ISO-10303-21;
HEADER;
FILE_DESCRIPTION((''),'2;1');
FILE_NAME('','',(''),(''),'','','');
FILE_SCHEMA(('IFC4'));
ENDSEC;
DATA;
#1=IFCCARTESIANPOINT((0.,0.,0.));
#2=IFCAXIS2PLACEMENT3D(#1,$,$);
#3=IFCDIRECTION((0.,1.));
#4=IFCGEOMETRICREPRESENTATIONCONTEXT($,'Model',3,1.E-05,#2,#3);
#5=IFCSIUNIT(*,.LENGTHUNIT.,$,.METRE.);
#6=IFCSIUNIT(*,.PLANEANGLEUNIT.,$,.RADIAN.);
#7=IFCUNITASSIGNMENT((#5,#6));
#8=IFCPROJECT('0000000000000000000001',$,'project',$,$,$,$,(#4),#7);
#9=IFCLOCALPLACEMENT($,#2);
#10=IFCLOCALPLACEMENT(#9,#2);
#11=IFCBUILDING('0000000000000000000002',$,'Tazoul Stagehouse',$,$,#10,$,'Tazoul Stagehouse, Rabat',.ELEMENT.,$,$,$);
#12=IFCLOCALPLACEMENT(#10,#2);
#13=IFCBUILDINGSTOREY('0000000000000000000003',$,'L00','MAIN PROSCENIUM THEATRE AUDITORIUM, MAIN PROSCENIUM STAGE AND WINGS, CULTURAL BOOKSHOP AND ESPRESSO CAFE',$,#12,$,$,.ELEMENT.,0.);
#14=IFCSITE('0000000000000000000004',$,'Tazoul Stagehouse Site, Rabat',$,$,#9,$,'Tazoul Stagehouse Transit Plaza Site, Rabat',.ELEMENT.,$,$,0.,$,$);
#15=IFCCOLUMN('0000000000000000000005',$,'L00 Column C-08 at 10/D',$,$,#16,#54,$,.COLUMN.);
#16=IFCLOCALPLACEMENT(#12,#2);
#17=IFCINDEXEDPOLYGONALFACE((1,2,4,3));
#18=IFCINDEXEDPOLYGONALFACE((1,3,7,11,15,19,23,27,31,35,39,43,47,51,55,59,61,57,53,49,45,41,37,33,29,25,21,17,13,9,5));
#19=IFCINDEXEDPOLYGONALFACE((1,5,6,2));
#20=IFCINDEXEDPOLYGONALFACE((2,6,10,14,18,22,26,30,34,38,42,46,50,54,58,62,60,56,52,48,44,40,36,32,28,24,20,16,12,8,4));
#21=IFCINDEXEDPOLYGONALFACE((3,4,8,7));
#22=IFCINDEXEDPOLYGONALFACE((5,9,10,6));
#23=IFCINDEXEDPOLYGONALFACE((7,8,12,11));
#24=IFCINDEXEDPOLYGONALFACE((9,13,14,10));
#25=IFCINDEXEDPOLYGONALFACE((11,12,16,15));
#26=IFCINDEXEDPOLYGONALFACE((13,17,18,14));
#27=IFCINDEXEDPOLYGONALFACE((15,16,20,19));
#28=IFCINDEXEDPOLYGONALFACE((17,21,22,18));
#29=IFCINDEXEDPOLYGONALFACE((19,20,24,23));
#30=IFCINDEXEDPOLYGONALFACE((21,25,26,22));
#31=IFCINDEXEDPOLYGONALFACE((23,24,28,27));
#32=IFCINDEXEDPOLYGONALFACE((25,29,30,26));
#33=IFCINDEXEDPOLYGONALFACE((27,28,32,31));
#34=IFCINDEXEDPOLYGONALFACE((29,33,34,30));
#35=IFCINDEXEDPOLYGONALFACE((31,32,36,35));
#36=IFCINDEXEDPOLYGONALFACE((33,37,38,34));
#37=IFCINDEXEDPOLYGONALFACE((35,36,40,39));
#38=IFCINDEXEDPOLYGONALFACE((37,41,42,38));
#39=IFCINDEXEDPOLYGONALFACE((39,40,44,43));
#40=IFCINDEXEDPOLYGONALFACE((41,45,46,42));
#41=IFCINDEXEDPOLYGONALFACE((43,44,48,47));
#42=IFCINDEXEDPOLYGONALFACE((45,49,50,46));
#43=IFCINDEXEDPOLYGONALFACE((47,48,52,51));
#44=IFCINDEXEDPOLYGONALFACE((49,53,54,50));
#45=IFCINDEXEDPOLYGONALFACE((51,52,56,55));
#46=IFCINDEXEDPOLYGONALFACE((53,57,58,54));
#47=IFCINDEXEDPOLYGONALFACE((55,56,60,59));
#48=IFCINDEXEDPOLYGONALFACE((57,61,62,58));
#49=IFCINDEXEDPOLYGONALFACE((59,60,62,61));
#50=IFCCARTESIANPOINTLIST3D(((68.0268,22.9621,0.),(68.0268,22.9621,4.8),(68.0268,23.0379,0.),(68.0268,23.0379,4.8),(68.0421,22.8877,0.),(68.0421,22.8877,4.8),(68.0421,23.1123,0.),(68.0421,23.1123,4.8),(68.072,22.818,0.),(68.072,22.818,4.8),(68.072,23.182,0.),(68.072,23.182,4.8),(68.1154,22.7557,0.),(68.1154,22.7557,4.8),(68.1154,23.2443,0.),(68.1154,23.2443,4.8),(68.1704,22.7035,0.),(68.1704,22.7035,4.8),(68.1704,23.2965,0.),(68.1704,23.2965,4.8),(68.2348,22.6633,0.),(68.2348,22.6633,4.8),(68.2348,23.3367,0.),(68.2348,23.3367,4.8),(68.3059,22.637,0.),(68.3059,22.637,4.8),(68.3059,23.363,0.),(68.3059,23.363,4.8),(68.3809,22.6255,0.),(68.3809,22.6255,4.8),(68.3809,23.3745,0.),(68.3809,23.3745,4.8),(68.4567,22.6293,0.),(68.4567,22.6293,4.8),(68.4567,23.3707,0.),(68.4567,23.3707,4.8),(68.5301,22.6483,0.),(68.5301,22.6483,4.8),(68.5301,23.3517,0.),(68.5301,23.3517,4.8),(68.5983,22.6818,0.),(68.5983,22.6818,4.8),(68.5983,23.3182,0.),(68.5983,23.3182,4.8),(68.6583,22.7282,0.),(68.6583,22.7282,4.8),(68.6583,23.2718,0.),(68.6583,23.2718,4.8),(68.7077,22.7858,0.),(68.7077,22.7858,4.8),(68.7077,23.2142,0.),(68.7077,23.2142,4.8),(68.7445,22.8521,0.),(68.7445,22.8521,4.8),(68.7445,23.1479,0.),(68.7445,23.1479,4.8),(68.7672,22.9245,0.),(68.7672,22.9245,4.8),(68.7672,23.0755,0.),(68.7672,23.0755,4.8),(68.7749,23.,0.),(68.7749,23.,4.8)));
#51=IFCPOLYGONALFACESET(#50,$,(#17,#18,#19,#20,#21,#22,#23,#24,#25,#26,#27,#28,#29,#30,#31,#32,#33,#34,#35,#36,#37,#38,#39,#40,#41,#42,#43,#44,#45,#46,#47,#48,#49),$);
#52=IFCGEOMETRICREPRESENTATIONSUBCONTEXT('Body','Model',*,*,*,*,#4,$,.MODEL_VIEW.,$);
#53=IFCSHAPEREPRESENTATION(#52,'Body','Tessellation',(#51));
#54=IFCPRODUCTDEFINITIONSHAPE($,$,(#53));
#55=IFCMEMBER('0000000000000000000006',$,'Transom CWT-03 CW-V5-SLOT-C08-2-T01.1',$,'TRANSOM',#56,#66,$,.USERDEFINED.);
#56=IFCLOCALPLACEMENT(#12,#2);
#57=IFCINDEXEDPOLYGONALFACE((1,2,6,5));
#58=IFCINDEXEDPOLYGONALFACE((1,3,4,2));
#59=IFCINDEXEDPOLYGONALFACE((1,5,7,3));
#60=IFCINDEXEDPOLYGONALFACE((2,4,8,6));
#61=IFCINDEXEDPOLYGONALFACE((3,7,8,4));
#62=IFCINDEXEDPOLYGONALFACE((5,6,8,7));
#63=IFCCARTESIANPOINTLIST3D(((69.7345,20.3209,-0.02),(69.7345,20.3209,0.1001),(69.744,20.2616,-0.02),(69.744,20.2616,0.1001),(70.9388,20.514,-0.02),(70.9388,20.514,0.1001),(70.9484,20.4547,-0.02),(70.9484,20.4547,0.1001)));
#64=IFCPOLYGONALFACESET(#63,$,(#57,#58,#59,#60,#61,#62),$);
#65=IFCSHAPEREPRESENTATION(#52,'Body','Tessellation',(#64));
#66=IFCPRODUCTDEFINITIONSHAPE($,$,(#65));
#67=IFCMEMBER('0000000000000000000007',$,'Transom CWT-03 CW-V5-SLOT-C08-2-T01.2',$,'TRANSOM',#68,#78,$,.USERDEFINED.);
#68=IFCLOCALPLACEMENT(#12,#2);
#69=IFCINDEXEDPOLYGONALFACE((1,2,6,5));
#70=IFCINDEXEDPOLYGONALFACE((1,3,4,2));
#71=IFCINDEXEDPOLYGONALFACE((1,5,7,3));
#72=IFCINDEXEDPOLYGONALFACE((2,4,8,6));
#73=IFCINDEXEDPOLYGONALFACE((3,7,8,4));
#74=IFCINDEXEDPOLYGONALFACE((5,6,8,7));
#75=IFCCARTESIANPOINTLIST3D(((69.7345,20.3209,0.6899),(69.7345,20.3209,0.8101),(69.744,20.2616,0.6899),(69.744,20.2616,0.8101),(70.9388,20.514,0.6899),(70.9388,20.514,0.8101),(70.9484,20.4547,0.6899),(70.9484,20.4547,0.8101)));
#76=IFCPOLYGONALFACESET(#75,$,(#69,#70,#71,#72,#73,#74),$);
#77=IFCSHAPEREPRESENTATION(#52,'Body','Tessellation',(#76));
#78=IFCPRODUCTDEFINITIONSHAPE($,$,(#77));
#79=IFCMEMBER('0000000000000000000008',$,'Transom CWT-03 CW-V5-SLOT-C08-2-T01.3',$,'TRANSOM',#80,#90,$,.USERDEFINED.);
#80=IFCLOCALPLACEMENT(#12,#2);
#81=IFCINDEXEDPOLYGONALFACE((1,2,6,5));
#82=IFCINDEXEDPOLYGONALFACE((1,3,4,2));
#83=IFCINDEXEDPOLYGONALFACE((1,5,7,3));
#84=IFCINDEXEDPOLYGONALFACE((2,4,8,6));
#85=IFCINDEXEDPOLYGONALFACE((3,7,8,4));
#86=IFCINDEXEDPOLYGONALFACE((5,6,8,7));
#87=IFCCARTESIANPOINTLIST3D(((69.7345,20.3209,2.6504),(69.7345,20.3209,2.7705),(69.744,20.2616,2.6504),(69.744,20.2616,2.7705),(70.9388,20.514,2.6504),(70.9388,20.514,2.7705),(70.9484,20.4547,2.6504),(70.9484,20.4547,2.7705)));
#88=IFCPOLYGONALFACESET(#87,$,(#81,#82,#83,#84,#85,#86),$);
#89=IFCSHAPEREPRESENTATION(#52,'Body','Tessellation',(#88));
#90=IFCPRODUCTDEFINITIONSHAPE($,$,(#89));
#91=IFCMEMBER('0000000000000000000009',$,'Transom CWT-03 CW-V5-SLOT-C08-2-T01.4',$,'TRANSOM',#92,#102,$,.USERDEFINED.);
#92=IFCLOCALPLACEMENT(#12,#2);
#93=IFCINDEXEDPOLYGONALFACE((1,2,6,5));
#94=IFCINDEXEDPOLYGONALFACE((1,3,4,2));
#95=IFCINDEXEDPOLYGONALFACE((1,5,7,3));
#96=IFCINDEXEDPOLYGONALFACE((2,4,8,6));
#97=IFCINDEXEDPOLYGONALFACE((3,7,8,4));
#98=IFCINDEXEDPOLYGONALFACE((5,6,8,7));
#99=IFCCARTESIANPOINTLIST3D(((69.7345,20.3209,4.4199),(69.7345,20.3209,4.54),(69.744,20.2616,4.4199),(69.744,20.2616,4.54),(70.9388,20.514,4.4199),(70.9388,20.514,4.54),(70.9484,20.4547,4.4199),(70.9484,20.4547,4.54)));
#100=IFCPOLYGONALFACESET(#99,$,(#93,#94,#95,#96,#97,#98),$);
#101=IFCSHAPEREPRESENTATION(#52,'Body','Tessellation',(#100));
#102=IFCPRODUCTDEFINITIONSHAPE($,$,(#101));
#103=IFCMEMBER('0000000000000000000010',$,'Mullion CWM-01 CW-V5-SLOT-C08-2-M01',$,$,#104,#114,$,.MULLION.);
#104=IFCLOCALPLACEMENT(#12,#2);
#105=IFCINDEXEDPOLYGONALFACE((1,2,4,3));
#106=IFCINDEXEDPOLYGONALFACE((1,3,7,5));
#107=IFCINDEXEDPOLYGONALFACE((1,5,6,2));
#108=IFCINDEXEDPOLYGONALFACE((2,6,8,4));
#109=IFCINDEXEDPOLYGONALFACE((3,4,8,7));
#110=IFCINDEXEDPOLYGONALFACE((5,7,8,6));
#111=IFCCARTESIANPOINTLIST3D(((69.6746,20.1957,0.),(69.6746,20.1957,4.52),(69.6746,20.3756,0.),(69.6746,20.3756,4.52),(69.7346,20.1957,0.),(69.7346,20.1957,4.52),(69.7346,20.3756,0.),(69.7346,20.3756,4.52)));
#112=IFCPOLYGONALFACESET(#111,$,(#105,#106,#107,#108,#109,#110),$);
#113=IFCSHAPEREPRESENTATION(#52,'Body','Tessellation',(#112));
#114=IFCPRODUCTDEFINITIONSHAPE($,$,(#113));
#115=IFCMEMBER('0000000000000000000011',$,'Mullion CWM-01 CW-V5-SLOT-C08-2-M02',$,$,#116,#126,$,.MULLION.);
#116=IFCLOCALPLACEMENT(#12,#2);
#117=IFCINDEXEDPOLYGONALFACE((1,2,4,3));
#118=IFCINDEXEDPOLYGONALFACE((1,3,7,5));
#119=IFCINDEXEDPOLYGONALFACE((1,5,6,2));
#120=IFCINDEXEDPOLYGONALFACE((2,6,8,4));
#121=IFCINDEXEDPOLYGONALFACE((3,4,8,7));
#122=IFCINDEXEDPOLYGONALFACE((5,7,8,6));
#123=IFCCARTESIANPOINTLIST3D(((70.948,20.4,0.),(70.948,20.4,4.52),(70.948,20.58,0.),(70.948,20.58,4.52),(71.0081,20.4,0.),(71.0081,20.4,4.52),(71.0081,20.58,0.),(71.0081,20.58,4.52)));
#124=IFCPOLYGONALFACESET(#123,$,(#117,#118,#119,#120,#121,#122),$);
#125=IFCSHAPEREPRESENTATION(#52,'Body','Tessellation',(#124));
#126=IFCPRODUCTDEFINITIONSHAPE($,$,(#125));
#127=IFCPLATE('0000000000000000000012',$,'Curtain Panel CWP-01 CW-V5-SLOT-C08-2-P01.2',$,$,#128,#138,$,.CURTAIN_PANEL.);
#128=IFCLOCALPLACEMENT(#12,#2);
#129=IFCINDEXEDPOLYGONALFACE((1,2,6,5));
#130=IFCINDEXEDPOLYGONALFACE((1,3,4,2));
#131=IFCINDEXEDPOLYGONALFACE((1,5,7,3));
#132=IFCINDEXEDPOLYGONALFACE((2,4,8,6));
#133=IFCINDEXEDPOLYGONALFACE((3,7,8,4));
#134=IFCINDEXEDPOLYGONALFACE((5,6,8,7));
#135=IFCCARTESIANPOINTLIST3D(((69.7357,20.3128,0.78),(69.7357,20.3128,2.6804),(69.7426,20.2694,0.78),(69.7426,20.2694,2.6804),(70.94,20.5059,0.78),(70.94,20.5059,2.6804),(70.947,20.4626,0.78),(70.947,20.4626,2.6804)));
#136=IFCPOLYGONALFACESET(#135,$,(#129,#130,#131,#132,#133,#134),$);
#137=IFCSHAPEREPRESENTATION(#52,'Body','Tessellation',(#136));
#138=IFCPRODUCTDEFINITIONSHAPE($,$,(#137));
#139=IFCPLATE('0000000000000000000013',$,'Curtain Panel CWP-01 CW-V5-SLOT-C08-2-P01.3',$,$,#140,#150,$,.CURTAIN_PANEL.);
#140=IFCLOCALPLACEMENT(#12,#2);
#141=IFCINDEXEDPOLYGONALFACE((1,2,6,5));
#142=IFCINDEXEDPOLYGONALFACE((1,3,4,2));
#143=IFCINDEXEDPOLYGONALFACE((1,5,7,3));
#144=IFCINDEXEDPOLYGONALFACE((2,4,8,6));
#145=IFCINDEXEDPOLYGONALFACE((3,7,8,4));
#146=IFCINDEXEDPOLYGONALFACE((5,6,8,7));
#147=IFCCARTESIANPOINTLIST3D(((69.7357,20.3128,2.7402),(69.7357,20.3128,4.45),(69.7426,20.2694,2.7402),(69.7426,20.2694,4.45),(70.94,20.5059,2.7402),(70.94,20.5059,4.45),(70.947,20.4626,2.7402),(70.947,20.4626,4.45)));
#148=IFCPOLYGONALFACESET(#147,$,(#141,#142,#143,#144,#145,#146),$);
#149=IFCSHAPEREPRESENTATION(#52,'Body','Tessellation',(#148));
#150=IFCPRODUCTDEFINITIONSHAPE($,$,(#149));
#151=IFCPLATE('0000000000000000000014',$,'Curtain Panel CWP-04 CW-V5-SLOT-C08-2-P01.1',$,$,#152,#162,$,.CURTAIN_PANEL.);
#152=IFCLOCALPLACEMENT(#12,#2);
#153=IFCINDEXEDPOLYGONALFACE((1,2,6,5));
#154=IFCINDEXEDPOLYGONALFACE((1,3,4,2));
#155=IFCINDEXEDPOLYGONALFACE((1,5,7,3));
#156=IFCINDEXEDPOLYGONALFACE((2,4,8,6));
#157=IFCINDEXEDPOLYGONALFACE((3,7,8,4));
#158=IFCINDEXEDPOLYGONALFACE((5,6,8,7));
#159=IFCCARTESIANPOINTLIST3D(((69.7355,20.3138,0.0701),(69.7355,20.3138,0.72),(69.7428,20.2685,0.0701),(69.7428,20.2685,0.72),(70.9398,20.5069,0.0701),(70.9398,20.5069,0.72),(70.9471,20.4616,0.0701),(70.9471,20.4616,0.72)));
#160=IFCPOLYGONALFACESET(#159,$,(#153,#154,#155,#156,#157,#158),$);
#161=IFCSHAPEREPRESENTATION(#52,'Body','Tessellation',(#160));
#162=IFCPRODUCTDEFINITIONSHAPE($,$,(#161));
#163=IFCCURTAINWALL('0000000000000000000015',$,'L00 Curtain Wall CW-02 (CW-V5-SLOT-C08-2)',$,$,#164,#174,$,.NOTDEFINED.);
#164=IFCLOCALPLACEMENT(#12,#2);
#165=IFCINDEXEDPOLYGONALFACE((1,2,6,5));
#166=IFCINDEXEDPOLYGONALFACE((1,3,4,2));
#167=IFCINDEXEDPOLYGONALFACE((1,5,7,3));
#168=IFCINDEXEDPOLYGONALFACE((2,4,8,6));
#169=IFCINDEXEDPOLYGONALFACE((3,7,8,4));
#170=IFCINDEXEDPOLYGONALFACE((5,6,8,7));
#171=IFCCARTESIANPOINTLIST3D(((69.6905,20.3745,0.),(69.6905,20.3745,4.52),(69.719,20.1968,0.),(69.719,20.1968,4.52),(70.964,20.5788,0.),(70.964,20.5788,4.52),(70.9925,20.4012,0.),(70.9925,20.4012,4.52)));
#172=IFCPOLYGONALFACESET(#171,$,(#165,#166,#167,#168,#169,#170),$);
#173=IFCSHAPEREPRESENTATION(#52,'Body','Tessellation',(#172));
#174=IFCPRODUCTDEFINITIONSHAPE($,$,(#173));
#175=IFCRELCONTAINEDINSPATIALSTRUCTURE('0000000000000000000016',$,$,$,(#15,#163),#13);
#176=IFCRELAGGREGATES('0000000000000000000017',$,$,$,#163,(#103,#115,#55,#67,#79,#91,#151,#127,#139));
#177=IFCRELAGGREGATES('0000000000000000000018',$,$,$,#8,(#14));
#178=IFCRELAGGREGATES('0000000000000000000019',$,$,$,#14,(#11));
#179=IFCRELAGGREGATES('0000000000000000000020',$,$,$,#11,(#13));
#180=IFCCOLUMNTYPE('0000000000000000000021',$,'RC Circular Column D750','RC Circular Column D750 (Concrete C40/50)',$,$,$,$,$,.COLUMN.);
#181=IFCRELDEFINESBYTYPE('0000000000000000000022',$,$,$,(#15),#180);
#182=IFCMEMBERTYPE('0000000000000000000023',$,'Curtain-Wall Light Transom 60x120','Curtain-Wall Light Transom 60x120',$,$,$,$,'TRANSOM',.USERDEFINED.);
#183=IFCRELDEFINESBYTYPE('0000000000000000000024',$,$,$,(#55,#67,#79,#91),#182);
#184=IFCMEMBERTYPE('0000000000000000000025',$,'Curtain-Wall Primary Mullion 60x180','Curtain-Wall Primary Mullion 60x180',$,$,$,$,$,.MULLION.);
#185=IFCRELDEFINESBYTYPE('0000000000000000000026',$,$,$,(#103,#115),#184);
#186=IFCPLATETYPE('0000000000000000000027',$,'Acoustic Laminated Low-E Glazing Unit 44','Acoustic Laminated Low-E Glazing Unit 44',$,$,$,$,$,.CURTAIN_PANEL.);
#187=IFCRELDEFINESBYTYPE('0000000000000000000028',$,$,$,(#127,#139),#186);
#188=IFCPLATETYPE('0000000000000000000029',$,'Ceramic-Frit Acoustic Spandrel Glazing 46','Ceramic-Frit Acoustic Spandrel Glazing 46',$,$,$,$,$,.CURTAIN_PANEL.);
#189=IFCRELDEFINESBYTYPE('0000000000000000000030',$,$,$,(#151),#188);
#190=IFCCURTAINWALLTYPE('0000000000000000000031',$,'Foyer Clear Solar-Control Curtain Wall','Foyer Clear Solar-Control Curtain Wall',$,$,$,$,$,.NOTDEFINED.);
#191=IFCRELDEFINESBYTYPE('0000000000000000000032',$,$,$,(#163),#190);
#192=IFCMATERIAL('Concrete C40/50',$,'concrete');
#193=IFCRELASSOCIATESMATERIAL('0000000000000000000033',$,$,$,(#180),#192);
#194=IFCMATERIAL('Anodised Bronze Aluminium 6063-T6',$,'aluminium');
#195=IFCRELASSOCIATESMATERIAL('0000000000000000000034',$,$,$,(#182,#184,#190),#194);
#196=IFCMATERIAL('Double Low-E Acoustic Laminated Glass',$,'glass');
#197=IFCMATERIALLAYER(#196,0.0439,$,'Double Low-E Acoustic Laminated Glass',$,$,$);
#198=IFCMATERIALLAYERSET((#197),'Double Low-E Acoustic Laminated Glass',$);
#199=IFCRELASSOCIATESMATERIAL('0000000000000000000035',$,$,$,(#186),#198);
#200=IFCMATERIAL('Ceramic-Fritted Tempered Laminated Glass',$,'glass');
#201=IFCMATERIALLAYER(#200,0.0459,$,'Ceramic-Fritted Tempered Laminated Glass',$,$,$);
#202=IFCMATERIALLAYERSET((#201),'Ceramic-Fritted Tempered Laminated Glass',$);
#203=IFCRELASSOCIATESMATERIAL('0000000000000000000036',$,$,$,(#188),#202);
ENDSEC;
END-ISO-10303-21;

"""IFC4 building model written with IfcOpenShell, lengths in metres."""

from ifc_helpers import new_model, si_unit, direction, frame, frame_2d, origin, origin_2d, place, context, subcontext, project, spatial, rectangle, circle, extrude, material, layer, layer_set, material_profile, profile_set, type_object, element, aggregate, save


model = new_model("IFC4")

# Units and contexts
model_context = context("Model", 3, precision=1e-05, world=origin(), true_north=direction((0.0, 1.0)))
body_context = subcontext(model_context, "Body", "Model", "MODEL_VIEW")
ifc_project = project(units=[si_unit("LENGTHUNIT", "METRE"), si_unit("PLANEANGLEUNIT", "RADIAN")], contexts=[model_context])

# Site, building, storey
site_placement = place(None, origin())
site = spatial("IfcSite", under=ifc_project, at=site_placement, Name="Tazoul Stagehouse Site, Rabat", LongName="Tazoul Stagehouse Transit Plaza Site, Rabat", CompositionType="ELEMENT", RefElevation=0.0)
building_placement = place(site_placement, origin())
building = spatial("IfcBuilding", under=site, at=building_placement, Name="Tazoul Stagehouse", LongName="Tazoul Stagehouse, Rabat", CompositionType="ELEMENT")
storey_placement = place(building_placement, origin())
storey = spatial("IfcBuildingStorey", under=building, at=storey_placement, Name="L00", Description="MAIN PROSCENIUM THEATRE AUDITORIUM, MAIN PROSCENIUM STAGE AND WINGS, CULTURAL BOOKSHOP AND ESPRESSO CAFE", CompositionType="ELEMENT", Elevation=0.0)

# Column
ifc_material_1 = material(Name="Concrete C40/50", Category="concrete")
ifc_material_profile_1 = material_profile(ifc_material_1, circle(Radius=0.375, at=origin_2d()), Name="RC D750")
ifc_profile_set_1 = profile_set([ifc_material_profile_1], Name="Concrete C40/50")
column_type = type_object("IfcColumnType", Name="RC Circular Column D750", Description="RC Circular Column D750 (Concrete C40/50)", PredefinedType="COLUMN", material=ifc_profile_set_1)
column_placement = place(storey_placement, frame((68.3999, 23.0, 0.0), z_axis=(0.0, 0.0, 1.0), x_axis=(1.0, 0.0, 0.0)))
element("IfcColumn", 1, at=column_placement, inside=storey, type_object=column_type, Name="L00 Column C-08 at 10/D", PredefinedType="COLUMN", context=body_context, shape_type="SweptSolid", body=[
    extrude(circle(Radius=0.375, at=origin_2d()), origin(), (0.0, 0.0, 1.0), 4.8),
])

# Members
ifc_material_2 = material(Name="Anodised Bronze Aluminium 6063-T6", Category="aluminium")
ifc_material_profile_2 = material_profile(ifc_material_2, rectangle(XDim=0.0601, YDim=0.1201, at=origin_2d()), Name="ALU TRANSOM 60x120")
ifc_profile_set_2 = profile_set([ifc_material_profile_2], Name="Anodised Bronze Aluminium 6063-T6")
member_type_1 = type_object("IfcMemberType", Name="Curtain-Wall Light Transom 60x120", Description="Curtain-Wall Light Transom 60x120", ElementType="TRANSOM", PredefinedType="USERDEFINED", material=ifc_profile_set_2)
member_1_placement = place(storey_placement, frame((69.7393, 20.2913, 0.04), z_axis=(0.987387, 0.158326, 0.0), x_axis=(-0.158326, 0.987387, 0.0)))
member_1 = element("IfcMember", 2, at=member_1_placement, type_object=member_type_1, Name="Transom CWT-03 CW-V5-SLOT-C08-2-T01.1", ObjectType="TRANSOM", PredefinedType="USERDEFINED", context=body_context, shape_type="SweptSolid", body=[
    extrude(rectangle(XDim=0.0601, YDim=0.1201, at=origin_2d()), origin(), (0.0, 0.0, 1.0), 1.2197),
])
member_2_placement = place(storey_placement, frame((69.7393, 20.2913, 0.75), z_axis=(0.987387, 0.158326, 0.0), x_axis=(-0.158326, 0.987387, 0.0)))
member_2 = element("IfcMember", 3, at=member_2_placement, type_object=member_type_1, Name="Transom CWT-03 CW-V5-SLOT-C08-2-T01.2", ObjectType="TRANSOM", PredefinedType="USERDEFINED", context=body_context, shape_type="SweptSolid", body=[
    extrude(rectangle(XDim=0.0601, YDim=0.1201, at=origin_2d()), origin(), (0.0, 0.0, 1.0), 1.2197),
])
member_3_placement = place(storey_placement, frame((69.7393, 20.2913, 2.7104), z_axis=(0.987387, 0.158326, 0.0), x_axis=(-0.158326, 0.987387, 0.0)))
member_3 = element("IfcMember", 4, at=member_3_placement, type_object=member_type_1, Name="Transom CWT-03 CW-V5-SLOT-C08-2-T01.3", ObjectType="TRANSOM", PredefinedType="USERDEFINED", context=body_context, shape_type="SweptSolid", body=[
    extrude(rectangle(XDim=0.0601, YDim=0.1201, at=origin_2d()), origin(), (0.0, 0.0, 1.0), 1.2197),
])
member_4_placement = place(storey_placement, frame((69.7393, 20.2913, 4.48), z_axis=(0.987387, 0.158326, 0.0), x_axis=(-0.158326, 0.987387, 0.0)))
member_4 = element("IfcMember", 5, at=member_4_placement, type_object=member_type_1, Name="Transom CWT-03 CW-V5-SLOT-C08-2-T01.4", ObjectType="TRANSOM", PredefinedType="USERDEFINED", context=body_context, shape_type="SweptSolid", body=[
    extrude(rectangle(XDim=0.0601, YDim=0.1201, at=origin_2d()), origin(), (0.0, 0.0, 1.0), 1.2197),
])
ifc_material_profile_3 = material_profile(ifc_material_2, rectangle(XDim=0.0601, YDim=0.1799, at=origin_2d()), Name="ALU MULLION 60x180")
ifc_profile_set_3 = profile_set([ifc_material_profile_3], Name="Anodised Bronze Aluminium 6063-T6")
member_type_2 = type_object("IfcMemberType", Name="Curtain-Wall Primary Mullion 60x180", Description="Curtain-Wall Primary Mullion 60x180", PredefinedType="MULLION", material=ifc_profile_set_3)
member_5_placement = place(storey_placement, frame((69.7046, 20.2856, 0.0), z_axis=(0.0, 0.0, 1.0), x_axis=(1.0, 0.0, 0.0)))
member_5 = element("IfcMember", 6, at=member_5_placement, type_object=member_type_2, Name="Mullion CWM-01 CW-V5-SLOT-C08-2-M01", PredefinedType="MULLION", context=body_context, shape_type="SweptSolid", body=[
    extrude(rectangle(XDim=0.0601, YDim=0.1799, at=origin_2d()), origin(), (0.0, 0.0, 1.0), 4.52),
])
member_6_placement = place(storey_placement, frame((70.978, 20.49, 0.0), z_axis=(0.0, 0.0, 1.0), x_axis=(1.0, 0.0, 0.0)))
member_6 = element("IfcMember", 7, at=member_6_placement, type_object=member_type_2, Name="Mullion CWM-01 CW-V5-SLOT-C08-2-M02", PredefinedType="MULLION", context=body_context, shape_type="SweptSolid", body=[
    extrude(rectangle(XDim=0.0601, YDim=0.1799, at=origin_2d()), origin(), (0.0, 0.0, 1.0), 4.52),
])

# Plates
ifc_material_3 = material(Name="Double Low-E Acoustic Laminated Glass", Category="glass")
ifc_layer_1 = layer(ifc_material_3, 0.0439, Name="Double Low-E Acoustic Laminated Glass")
ifc_layer_set_1 = layer_set([ifc_layer_1], Name="Double Low-E Acoustic Laminated Glass")
plate_type_1 = type_object("IfcPlateType", Name="Acoustic Laminated Low-E Glazing Unit 44", Description="Acoustic Laminated Low-E Glazing Unit 44", PredefinedType="CURTAIN_PANEL", material=ifc_layer_set_1)
plate_1_placement = place(storey_placement, frame((70.3413, 20.3877, 0.78), z_axis=(0.0, 0.0, 1.0), x_axis=(0.987387, 0.158324, 0.0)))
plate_1 = element("IfcPlate", 8, at=plate_1_placement, type_object=plate_type_1, Name="Curtain Panel CWP-01 CW-V5-SLOT-C08-2-P01.2", PredefinedType="CURTAIN_PANEL", context=body_context, shape_type="SweptSolid", body=[
    extrude(rectangle(XDim=1.2197, YDim=0.0439, at=origin_2d()), origin(), (0.0, 0.0, 1.0), 1.9004),
])
plate_2_placement = place(storey_placement, frame((70.3413, 20.3877, 2.7402), z_axis=(0.0, 0.0, 1.0), x_axis=(0.987387, 0.158324, 0.0)))
plate_2 = element("IfcPlate", 9, at=plate_2_placement, type_object=plate_type_1, Name="Curtain Panel CWP-01 CW-V5-SLOT-C08-2-P01.3", PredefinedType="CURTAIN_PANEL", context=body_context, shape_type="SweptSolid", body=[
    extrude(rectangle(XDim=1.2197, YDim=0.0439, at=origin_2d()), origin(), (0.0, 0.0, 1.0), 1.7097),
])
ifc_material_4 = material(Name="Ceramic-Fritted Tempered Laminated Glass", Category="glass")
ifc_layer_2 = layer(ifc_material_4, 0.0459, Name="Ceramic-Fritted Tempered Laminated Glass")
ifc_layer_set_2 = layer_set([ifc_layer_2], Name="Ceramic-Fritted Tempered Laminated Glass")
plate_type_2 = type_object("IfcPlateType", Name="Ceramic-Frit Acoustic Spandrel Glazing 46", Description="Ceramic-Frit Acoustic Spandrel Glazing 46", PredefinedType="CURTAIN_PANEL", material=ifc_layer_set_2)
plate_3_placement = place(storey_placement, frame((70.3413, 20.3877, 0.0701), z_axis=(0.0, 0.0, 1.0), x_axis=(0.987387, 0.158324, 0.0)))
plate_3 = element("IfcPlate", 10, at=plate_3_placement, type_object=plate_type_2, Name="Curtain Panel CWP-04 CW-V5-SLOT-C08-2-P01.1", PredefinedType="CURTAIN_PANEL", context=body_context, shape_type="SweptSolid", body=[
    extrude(rectangle(XDim=1.2197, YDim=0.0459, at=origin_2d()), origin(), (0.0, 0.0, 1.0), 0.6499),
])

# Curtain wall
curtain_wall_type = type_object("IfcCurtainWallType", Name="Foyer Clear Solar-Control Curtain Wall", Description="Foyer Clear Solar-Control Curtain Wall", PredefinedType="NOTDEFINED", material=ifc_material_2)
curtain_wall_placement = place(storey_placement, frame((69.7046, 20.2856, 0.0), z_axis=(0.0, 0.0, 1.0), x_axis=(0.987368, 0.158441, 0.0)))
curtain_wall = element("IfcCurtainWall", 11, at=curtain_wall_placement, inside=storey, type_object=curtain_wall_type, Name="L00 Curtain Wall CW-02 (CW-V5-SLOT-C08-2)", PredefinedType="NOTDEFINED", context=body_context, shape_type="SweptSolid", body=[
    extrude(rectangle(XDim=1.2898, YDim=0.1799, at=frame_2d((0.645, 0.0))), origin(), (0.0, 0.0, 1.0), 4.52),
])
aggregate(curtain_wall, [member_5, member_6, member_1, member_2, member_3, member_4, plate_3, plate_1, plate_2])

save(model, "model.ifc")
